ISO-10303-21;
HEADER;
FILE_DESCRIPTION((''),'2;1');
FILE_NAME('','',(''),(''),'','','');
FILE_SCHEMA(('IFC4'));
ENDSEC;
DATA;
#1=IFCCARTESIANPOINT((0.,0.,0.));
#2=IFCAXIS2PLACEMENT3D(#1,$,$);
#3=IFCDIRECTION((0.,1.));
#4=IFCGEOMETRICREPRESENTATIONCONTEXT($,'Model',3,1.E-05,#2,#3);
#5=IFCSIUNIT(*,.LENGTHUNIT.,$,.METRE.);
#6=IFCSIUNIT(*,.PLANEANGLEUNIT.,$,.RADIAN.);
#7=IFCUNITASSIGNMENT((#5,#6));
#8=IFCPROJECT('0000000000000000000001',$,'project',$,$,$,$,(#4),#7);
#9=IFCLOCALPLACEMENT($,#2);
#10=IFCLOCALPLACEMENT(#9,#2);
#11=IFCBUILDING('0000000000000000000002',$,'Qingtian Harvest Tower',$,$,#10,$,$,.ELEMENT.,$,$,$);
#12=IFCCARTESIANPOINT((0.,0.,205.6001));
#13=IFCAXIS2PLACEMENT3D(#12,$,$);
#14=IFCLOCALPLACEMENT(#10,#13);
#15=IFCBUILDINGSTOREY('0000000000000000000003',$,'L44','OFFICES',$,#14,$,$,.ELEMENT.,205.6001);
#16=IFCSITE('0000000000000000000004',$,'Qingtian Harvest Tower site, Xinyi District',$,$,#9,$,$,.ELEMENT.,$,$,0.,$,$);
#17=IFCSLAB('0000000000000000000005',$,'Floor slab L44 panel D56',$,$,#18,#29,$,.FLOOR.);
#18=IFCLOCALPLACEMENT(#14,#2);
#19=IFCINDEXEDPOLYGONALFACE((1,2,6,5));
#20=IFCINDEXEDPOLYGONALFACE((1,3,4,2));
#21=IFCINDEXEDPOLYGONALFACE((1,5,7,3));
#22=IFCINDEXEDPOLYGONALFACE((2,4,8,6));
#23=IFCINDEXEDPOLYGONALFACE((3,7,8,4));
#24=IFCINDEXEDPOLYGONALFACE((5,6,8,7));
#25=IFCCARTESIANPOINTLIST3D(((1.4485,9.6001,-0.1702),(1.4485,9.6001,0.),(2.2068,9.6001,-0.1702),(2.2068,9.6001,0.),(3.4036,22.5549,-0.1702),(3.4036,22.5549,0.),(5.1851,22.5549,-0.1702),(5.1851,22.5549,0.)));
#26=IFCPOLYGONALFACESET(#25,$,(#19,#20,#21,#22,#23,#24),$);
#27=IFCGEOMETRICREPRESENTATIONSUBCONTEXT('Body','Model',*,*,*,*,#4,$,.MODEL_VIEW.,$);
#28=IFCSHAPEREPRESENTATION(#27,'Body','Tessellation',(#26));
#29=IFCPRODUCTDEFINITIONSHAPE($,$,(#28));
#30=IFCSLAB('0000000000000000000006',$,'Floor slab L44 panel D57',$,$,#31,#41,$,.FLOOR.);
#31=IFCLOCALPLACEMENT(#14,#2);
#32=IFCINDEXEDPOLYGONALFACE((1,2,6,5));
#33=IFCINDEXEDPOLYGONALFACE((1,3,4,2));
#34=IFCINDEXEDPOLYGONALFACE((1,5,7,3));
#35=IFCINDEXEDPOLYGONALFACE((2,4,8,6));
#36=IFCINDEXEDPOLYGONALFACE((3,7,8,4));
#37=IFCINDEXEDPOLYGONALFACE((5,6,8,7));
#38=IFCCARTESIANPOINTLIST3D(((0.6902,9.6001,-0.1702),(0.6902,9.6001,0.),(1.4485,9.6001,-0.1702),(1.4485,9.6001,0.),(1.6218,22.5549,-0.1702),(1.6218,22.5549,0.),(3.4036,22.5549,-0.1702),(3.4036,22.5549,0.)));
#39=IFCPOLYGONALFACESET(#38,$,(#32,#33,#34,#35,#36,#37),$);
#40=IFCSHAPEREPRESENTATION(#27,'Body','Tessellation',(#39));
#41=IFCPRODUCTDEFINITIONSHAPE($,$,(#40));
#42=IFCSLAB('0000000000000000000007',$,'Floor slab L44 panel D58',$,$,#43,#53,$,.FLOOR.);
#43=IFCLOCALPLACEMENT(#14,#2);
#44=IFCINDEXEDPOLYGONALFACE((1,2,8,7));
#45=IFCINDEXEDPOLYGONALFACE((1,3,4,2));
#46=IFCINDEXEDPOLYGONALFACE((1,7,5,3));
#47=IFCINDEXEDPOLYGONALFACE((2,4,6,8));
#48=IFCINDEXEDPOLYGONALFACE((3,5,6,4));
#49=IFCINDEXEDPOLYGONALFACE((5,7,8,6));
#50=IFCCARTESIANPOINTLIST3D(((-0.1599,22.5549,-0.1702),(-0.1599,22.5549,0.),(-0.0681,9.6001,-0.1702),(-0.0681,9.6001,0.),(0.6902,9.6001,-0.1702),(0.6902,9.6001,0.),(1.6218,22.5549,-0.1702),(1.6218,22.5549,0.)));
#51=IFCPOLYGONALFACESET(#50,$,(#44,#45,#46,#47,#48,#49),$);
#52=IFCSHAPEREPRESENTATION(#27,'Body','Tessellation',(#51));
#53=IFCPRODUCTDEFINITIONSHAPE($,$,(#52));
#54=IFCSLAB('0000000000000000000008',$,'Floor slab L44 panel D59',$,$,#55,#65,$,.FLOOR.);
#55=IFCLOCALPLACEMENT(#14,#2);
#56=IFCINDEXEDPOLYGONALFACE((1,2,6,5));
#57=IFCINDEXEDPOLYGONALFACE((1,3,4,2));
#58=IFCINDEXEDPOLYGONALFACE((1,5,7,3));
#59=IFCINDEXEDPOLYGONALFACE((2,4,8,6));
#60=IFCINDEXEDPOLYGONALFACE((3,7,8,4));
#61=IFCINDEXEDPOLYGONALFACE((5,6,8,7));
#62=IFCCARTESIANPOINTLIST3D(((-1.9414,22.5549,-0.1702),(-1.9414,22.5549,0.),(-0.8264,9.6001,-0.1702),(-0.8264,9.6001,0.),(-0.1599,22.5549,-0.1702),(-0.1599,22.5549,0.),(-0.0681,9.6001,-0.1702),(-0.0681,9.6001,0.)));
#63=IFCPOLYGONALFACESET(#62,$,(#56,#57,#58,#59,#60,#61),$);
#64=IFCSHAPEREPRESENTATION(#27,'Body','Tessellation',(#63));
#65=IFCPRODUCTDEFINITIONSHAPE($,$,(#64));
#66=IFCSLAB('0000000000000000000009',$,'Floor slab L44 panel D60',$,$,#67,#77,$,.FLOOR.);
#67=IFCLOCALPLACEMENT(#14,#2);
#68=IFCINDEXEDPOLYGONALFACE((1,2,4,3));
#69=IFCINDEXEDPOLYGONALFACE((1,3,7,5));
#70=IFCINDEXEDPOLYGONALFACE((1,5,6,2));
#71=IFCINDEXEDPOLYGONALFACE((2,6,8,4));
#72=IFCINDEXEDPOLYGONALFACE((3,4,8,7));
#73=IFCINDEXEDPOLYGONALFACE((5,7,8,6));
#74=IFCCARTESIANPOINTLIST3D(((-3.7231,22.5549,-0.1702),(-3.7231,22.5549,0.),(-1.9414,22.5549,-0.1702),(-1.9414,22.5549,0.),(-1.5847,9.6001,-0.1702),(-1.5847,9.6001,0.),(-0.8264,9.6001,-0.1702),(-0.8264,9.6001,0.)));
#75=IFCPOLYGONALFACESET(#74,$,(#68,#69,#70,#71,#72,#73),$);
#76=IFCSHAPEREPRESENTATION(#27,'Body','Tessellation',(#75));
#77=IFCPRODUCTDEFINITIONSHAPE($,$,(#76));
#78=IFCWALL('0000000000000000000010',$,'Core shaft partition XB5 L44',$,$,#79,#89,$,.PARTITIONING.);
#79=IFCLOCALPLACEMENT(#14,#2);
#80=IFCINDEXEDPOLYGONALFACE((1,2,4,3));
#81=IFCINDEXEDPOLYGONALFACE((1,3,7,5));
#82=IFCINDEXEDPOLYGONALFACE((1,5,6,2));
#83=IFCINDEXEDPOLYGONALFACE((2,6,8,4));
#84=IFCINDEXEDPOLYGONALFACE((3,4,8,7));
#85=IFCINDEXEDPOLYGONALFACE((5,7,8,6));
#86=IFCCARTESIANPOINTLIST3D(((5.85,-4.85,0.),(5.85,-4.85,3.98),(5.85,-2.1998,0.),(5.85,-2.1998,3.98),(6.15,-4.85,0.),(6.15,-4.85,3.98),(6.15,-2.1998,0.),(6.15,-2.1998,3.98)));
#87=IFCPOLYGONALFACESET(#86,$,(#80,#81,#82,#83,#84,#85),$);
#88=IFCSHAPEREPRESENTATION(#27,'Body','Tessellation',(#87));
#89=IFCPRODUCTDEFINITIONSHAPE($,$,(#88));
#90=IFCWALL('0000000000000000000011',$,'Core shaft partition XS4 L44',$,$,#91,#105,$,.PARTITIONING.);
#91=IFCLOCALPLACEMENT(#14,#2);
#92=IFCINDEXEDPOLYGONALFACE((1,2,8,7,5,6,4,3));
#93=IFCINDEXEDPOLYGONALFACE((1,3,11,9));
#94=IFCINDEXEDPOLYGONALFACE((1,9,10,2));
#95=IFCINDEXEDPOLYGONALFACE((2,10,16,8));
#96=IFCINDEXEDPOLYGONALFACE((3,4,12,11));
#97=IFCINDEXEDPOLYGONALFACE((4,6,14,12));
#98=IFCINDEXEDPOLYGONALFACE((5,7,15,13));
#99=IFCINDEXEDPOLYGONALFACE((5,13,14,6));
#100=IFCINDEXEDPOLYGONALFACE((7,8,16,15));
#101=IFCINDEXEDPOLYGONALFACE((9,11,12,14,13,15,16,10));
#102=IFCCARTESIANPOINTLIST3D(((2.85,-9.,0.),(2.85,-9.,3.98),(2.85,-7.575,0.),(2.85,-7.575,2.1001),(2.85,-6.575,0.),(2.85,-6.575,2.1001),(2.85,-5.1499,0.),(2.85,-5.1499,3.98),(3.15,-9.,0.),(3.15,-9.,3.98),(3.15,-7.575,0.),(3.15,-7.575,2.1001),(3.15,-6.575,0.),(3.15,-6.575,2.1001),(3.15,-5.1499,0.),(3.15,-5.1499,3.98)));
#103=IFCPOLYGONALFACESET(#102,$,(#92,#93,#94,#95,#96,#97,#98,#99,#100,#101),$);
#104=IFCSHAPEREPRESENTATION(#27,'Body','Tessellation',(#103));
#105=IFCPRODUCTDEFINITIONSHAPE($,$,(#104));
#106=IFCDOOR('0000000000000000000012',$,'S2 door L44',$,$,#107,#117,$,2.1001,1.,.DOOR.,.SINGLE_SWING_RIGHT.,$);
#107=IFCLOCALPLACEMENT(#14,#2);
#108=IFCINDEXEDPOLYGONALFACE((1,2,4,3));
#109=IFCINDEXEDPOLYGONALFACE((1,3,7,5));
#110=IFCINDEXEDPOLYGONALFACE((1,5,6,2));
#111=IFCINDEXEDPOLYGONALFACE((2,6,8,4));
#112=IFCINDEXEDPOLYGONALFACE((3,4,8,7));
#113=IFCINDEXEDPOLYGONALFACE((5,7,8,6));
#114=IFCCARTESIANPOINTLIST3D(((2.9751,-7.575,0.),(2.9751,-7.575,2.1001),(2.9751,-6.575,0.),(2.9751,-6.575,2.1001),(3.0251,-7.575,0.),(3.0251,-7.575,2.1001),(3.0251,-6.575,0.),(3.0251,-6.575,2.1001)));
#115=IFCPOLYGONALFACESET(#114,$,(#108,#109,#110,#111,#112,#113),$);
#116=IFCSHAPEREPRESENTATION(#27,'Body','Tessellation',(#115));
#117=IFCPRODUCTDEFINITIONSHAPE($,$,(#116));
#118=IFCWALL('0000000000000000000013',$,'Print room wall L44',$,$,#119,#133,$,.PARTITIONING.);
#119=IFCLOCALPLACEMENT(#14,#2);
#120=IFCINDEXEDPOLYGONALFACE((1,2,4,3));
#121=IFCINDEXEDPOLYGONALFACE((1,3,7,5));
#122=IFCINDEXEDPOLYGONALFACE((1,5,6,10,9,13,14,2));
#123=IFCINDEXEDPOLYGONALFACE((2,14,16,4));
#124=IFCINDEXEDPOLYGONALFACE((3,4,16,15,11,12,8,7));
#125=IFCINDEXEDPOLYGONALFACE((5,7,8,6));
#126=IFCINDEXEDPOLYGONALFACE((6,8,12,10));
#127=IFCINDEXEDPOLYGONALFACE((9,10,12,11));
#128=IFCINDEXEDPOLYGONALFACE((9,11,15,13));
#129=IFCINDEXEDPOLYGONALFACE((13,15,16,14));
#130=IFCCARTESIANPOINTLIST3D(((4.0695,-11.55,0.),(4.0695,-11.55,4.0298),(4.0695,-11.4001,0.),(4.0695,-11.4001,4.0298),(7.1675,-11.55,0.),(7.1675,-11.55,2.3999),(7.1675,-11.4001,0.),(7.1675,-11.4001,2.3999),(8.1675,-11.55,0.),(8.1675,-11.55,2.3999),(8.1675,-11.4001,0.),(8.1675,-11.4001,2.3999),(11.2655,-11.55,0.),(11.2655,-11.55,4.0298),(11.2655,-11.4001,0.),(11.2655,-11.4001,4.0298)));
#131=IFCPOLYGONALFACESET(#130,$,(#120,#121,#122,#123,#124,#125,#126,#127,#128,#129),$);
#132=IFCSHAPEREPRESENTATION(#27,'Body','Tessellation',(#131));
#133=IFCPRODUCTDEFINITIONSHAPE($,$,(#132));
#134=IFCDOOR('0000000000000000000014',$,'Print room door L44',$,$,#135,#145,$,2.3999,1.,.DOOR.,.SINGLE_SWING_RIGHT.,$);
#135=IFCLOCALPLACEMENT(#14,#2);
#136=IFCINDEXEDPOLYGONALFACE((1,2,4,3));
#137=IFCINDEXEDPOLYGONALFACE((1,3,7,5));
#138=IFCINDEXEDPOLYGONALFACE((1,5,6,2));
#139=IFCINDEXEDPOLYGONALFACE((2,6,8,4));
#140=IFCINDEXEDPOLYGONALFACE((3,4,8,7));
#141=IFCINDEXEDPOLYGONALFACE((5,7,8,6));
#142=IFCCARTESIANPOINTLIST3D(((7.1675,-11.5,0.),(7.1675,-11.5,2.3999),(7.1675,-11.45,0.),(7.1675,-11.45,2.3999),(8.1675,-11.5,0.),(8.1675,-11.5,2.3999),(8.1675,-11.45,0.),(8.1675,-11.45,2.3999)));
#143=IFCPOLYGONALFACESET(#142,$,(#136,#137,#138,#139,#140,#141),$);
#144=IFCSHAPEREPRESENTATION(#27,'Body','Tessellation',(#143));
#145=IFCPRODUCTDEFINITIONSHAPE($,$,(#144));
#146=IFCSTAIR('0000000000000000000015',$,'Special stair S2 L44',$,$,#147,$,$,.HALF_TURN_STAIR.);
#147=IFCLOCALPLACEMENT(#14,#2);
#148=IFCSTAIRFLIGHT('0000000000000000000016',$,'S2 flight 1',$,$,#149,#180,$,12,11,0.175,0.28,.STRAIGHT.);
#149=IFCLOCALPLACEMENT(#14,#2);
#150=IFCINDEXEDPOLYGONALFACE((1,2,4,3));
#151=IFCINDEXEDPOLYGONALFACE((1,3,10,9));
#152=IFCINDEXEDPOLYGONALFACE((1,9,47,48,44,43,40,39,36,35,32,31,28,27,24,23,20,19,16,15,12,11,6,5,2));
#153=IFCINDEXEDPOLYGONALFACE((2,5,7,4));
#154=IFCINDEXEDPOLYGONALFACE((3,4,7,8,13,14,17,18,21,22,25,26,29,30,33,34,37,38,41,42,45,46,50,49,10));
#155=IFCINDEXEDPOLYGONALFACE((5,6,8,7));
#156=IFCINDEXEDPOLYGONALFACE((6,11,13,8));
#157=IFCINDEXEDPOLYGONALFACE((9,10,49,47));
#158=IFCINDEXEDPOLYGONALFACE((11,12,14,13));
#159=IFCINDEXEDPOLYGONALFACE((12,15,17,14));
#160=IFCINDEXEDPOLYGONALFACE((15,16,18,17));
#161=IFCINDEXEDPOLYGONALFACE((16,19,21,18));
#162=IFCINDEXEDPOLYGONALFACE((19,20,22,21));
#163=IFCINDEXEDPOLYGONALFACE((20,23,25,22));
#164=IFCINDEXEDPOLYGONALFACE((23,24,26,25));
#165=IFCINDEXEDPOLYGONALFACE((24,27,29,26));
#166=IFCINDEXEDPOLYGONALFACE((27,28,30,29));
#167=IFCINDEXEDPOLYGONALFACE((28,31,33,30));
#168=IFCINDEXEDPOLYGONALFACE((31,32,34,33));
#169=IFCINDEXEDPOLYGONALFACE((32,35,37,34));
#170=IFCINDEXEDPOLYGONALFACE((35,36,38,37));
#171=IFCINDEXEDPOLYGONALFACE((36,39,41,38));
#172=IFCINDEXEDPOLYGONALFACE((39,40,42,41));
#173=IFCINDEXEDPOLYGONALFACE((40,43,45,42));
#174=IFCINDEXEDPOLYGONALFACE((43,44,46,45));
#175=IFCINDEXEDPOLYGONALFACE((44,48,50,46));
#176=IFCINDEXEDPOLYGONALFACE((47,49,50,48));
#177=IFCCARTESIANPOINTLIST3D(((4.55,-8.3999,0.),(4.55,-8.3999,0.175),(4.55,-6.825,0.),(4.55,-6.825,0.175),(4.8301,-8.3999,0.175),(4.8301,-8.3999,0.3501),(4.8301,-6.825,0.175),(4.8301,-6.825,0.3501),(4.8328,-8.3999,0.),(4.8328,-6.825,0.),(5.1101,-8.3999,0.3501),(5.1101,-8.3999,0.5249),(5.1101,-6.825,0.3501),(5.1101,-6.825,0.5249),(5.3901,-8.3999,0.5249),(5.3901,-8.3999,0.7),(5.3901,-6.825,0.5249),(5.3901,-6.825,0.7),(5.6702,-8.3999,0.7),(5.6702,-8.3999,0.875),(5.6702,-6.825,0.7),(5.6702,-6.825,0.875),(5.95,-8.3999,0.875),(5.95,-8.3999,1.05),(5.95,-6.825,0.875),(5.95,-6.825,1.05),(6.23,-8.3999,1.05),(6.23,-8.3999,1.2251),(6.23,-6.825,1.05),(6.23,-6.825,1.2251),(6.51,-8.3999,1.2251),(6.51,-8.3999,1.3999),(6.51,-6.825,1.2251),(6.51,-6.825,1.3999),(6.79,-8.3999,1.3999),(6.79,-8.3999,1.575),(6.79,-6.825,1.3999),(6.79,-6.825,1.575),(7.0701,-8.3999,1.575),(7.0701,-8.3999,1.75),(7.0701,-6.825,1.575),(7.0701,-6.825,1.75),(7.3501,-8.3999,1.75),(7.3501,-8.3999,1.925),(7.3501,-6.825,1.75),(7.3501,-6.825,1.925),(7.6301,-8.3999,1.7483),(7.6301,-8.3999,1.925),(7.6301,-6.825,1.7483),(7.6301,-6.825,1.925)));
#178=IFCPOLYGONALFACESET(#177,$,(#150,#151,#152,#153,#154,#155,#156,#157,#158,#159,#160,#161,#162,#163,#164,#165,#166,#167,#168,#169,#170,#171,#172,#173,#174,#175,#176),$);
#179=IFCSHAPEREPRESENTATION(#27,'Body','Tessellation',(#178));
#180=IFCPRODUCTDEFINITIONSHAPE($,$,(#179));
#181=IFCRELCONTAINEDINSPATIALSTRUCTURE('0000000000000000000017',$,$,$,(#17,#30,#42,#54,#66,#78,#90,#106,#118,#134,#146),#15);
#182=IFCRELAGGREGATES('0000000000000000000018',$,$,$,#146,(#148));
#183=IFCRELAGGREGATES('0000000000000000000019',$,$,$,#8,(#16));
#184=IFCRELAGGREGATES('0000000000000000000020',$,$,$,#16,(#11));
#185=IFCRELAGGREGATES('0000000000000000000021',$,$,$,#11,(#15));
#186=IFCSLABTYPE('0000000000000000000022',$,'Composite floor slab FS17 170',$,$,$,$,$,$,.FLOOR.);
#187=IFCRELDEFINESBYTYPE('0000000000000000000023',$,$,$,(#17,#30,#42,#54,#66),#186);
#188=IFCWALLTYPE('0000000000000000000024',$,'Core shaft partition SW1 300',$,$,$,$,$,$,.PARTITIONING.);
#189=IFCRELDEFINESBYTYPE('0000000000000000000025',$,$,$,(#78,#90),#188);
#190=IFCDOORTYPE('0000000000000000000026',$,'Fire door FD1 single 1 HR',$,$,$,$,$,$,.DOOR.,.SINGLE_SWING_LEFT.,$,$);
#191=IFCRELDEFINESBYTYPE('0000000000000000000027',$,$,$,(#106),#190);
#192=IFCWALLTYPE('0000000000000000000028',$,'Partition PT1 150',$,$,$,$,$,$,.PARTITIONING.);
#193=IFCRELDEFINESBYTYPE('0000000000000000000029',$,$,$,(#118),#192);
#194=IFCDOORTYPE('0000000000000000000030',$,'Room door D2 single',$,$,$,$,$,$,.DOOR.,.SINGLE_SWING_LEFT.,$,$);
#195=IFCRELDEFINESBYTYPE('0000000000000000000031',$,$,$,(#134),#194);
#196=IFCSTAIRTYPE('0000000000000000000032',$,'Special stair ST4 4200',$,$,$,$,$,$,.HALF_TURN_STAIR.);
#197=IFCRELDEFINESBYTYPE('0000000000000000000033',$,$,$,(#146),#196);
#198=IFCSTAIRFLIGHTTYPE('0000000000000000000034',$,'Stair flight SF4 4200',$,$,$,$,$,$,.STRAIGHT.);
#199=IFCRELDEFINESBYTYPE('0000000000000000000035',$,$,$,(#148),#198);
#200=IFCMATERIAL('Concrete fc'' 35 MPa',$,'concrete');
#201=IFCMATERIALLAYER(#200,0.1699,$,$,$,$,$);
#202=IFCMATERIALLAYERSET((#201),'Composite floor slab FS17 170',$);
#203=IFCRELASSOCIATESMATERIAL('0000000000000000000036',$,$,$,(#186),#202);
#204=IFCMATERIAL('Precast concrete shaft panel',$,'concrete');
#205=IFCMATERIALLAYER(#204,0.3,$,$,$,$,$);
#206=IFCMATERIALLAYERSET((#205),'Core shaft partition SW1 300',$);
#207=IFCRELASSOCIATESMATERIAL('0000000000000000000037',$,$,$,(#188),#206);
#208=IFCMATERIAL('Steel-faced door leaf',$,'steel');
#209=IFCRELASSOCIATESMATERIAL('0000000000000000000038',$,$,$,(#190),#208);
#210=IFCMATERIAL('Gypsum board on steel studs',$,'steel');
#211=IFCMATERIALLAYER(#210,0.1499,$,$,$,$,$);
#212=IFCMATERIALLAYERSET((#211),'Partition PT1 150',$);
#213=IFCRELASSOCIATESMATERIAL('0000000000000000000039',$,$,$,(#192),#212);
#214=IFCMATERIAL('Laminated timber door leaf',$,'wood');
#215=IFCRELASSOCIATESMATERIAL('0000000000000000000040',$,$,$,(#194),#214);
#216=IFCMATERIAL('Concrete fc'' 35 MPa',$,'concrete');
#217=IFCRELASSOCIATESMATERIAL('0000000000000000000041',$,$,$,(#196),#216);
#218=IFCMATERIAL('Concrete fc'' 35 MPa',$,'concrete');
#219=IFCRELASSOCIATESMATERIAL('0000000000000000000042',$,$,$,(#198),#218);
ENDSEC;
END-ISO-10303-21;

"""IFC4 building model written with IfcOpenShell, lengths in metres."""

from ifc_helpers import new_model, si_unit, direction, frame, frame_2d, origin, place, context, subcontext, project, spatial, polyline, rectangle, outline, extrude, material, layer, layer_set, type_object, element, fill, aggregate, save


model = new_model("IFC4")

# Units and contexts
model_context = context("Model", 3, precision=1e-05, world=origin(), true_north=direction((0.0, 1.0)))
body_context = subcontext(model_context, "Body", "Model", "MODEL_VIEW")
ifc_project = project(units=[si_unit("LENGTHUNIT", "METRE"), si_unit("PLANEANGLEUNIT", "RADIAN")], contexts=[model_context])

# Site, building, storey
site_placement = place(None, origin())
site = spatial("IfcSite", under=ifc_project, at=site_placement, Name="Qingtian Harvest Tower site, Xinyi District", CompositionType="ELEMENT", RefElevation=0.0)
building_placement = place(site_placement, origin())
building = spatial("IfcBuilding", under=site, at=building_placement, Name="Qingtian Harvest Tower", CompositionType="ELEMENT")
storey_placement = place(building_placement, frame((0.0, 0.0, 205.6001)))
storey = spatial("IfcBuildingStorey", under=building, at=storey_placement, Name="L44", Description="OFFICES", CompositionType="ELEMENT", Elevation=205.6001)

# Slabs
ifc_material_1 = material(Name="Concrete fc' 35 MPa", Category="concrete")
ifc_layer_1 = layer(ifc_material_1, 0.1699)
ifc_layer_set_1 = layer_set([ifc_layer_1], Name="Composite floor slab FS17 170")
slab_type = type_object("IfcSlabType", Name="Composite floor slab FS17 170", PredefinedType="FLOOR", material=ifc_layer_set_1)
slab_1_placement = place(storey_placement, frame((0.0, 0.0, -0.1702)))
element("IfcSlab", 1, at=slab_1_placement, inside=storey, type_object=slab_type, Name="Floor slab L44 panel D56", PredefinedType="FLOOR", context=body_context, shape_type="SweptSolid", body=[
    extrude(outline(polyline([(1.4485, 9.6001), (3.4036, 22.5549), (5.1851, 22.5549), (2.2068, 9.6001), (1.4485, 9.6001)])), origin(), (0.0, 0.0, 1.0), 0.1702),
])
slab_2_placement = place(storey_placement, frame((0.0, 0.0, -0.1702)))
element("IfcSlab", 2, at=slab_2_placement, inside=storey, type_object=slab_type, Name="Floor slab L44 panel D57", PredefinedType="FLOOR", context=body_context, shape_type="SweptSolid", body=[
    extrude(outline(polyline([(0.6902, 9.6001), (1.6218, 22.5549), (3.4036, 22.5549), (1.4485, 9.6001), (0.6902, 9.6001)])), origin(), (0.0, 0.0, 1.0), 0.1702),
])
slab_3_placement = place(storey_placement, frame((0.0, 0.0, -0.1702)))
element("IfcSlab", 3, at=slab_3_placement, inside=storey, type_object=slab_type, Name="Floor slab L44 panel D58", PredefinedType="FLOOR", context=body_context, shape_type="SweptSolid", body=[
    extrude(outline(polyline([(-0.0681, 9.6001), (-0.1599, 22.5549), (1.6218, 22.5549), (0.6902, 9.6001), (-0.0681, 9.6001)])), origin(), (0.0, 0.0, 1.0), 0.1702),
])
slab_4_placement = place(storey_placement, frame((0.0, 0.0, -0.1702)))
element("IfcSlab", 4, at=slab_4_placement, inside=storey, type_object=slab_type, Name="Floor slab L44 panel D59", PredefinedType="FLOOR", context=body_context, shape_type="SweptSolid", body=[
    extrude(outline(polyline([(-0.8264, 9.6001), (-1.9414, 22.5549), (-0.1599, 22.5549), (-0.0681, 9.6001), (-0.8264, 9.6001)])), origin(), (0.0, 0.0, 1.0), 0.1702),
])
slab_5_placement = place(storey_placement, frame((0.0, 0.0, -0.1702)))
element("IfcSlab", 5, at=slab_5_placement, inside=storey, type_object=slab_type, Name="Floor slab L44 panel D60", PredefinedType="FLOOR", context=body_context, shape_type="SweptSolid", body=[
    extrude(outline(polyline([(-1.5847, 9.6001), (-3.7231, 22.5549), (-1.9414, 22.5549), (-0.8264, 9.6001), (-1.5847, 9.6001)])), origin(), (0.0, 0.0, 1.0), 0.1702),
])

# Wall
ifc_material_2 = material(Name="Precast concrete shaft panel", Category="concrete")
ifc_layer_2 = layer(ifc_material_2, 0.3)
ifc_layer_set_2 = layer_set([ifc_layer_2], Name="Core shaft partition SW1 300")
wall_type_1 = type_object("IfcWallType", Name="Core shaft partition SW1 300", PredefinedType="PARTITIONING", material=ifc_layer_set_2)
wall_1_placement = place(storey_placement, frame((6.0, -4.8501, 0.0), z_axis=(0.0, 0.0, 1.0), x_axis=(0.0, 1.0, 0.0)))
element("IfcWall", 6, at=wall_1_placement, inside=storey, type_object=wall_type_1, Name="Core shaft partition XB5 L44", PredefinedType="PARTITIONING", context=body_context, shape_type="SweptSolid", body=[
    extrude(rectangle(XDim=2.6501, YDim=0.3, at=frame_2d((1.3252, 0.0))), origin(), (0.0, 0.0, 1.0), 3.98),
])

# Walls, openings, doors
wall_2_placement = place(storey_placement, frame((3.0, -9.0, 0.0), z_axis=(0.0, 0.0, 1.0), x_axis=(0.0, 1.0, 0.0)))
wall_2 = element("IfcWall", 7, at=wall_2_placement, inside=storey, type_object=wall_type_1, Name="Core shaft partition XS4 L44", PredefinedType="PARTITIONING", context=body_context, shape_type="SweptSolid", body=[
    extrude(rectangle(XDim=3.8501, YDim=0.3, at=frame_2d((1.925, 0.0))), origin(), (0.0, 0.0, 1.0), 3.98),
])
opening_1_placement = place(wall_2_placement, frame((1.425, 0.0, 0.0)))
opening_1 = element("IfcOpeningElement", 8, at=opening_1_placement, cuts=wall_2, PredefinedType="OPENING", context=body_context, shape_type="SweptSolid", body=[
    extrude(rectangle(XDim=1.0, YDim=2.1001, at=frame_2d((0.5, 1.05))), frame((0.0, 0.1599, 0.0), z_axis=(0.0, -1.0, 0.0), x_axis=(1.0, 0.0, 0.0)), (0.0, 0.0, 1.0), 0.3201),
])
ifc_material_3 = material(Name="Steel-faced door leaf", Category="steel")
door_type_1 = type_object("IfcDoorType", Name="Fire door FD1 single 1 HR", OperationType="SINGLE_SWING_LEFT", PredefinedType="DOOR", material=ifc_material_3)
door_1_placement = place(opening_1_placement, origin())
door_1 = element("IfcDoor", 9, at=door_1_placement, inside=storey, type_object=door_type_1, Name="S2 door L44", OperationType="SINGLE_SWING_RIGHT", OverallHeight=2.1001, OverallWidth=1.0, PredefinedType="DOOR", context=body_context, shape_type="SweptSolid", body=[
    extrude(rectangle(XDim=1.0, YDim=2.1001, at=frame_2d((0.5, 1.05))), frame((0.0, 0.0249, 0.0), z_axis=(0.0, -1.0, 0.0), x_axis=(1.0, 0.0, 0.0)), (0.0, 0.0, 1.0), 0.05),
])
fill(opening_1, door_1)
ifc_material_4 = material(Name="Gypsum board on steel studs", Category="steel")
ifc_layer_3 = layer(ifc_material_4, 0.1499)
ifc_layer_set_3 = layer_set([ifc_layer_3], Name="Partition PT1 150")
wall_type_2 = type_object("IfcWallType", Name="Partition PT1 150", PredefinedType="PARTITIONING", material=ifc_layer_set_3)
wall_3_placement = place(storey_placement, frame((11.2656, -11.4751, 0.0), z_axis=(0.0, 0.0, 1.0), x_axis=(-1.0, 0.0, 0.0)))
wall_3 = element("IfcWall", 10, at=wall_3_placement, inside=storey, type_object=wall_type_2, Name="Print room wall L44", PredefinedType="PARTITIONING", context=body_context, shape_type="SweptSolid", body=[
    extrude(rectangle(XDim=7.196, YDim=0.1499, at=frame_2d((3.5981, 0.0))), origin(), (0.0, 0.0, 1.0), 4.0298),
])
opening_2_placement = place(wall_3_placement, frame((3.0981, 0.0, 0.0)))
opening_2 = element("IfcOpeningElement", 11, at=opening_2_placement, cuts=wall_3, PredefinedType="OPENING", context=body_context, shape_type="SweptSolid", body=[
    extrude(rectangle(XDim=1.0, YDim=2.3999, at=frame_2d((0.5, 1.2))), frame((0.0, 0.085, 0.0), z_axis=(0.0, -1.0, 0.0), x_axis=(1.0, 0.0, 0.0)), (0.0, 0.0, 1.0), 0.1699),
])
ifc_material_5 = material(Name="Laminated timber door leaf", Category="wood")
door_type_2 = type_object("IfcDoorType", Name="Room door D2 single", OperationType="SINGLE_SWING_LEFT", PredefinedType="DOOR", material=ifc_material_5)
door_2_placement = place(opening_2_placement, origin())
door_2 = element("IfcDoor", 12, at=door_2_placement, inside=storey, type_object=door_type_2, Name="Print room door L44", OperationType="SINGLE_SWING_RIGHT", OverallHeight=2.3999, OverallWidth=1.0, PredefinedType="DOOR", context=body_context, shape_type="SweptSolid", body=[
    extrude(rectangle(XDim=1.0, YDim=2.3999, at=frame_2d((0.5, 1.2))), frame((0.0, 0.0249, 0.0), z_axis=(0.0, -1.0, 0.0), x_axis=(1.0, 0.0, 0.0)), (0.0, 0.0, 1.0), 0.05),
])
fill(opening_2, door_2)

# Stair, stair flight
ifc_material_6 = material(Name="Concrete fc' 35 MPa", Category="concrete")
stair_type = type_object("IfcStairType", Name="Special stair ST4 4200", PredefinedType="HALF_TURN_STAIR", material=ifc_material_6)
stair_placement = place(storey_placement, origin())
stair = element("IfcStair", 13, at=stair_placement, inside=storey, type_object=stair_type, Name="Special stair S2 L44", PredefinedType="HALF_TURN_STAIR")
ifc_material_7 = material(Name="Concrete fc' 35 MPa", Category="concrete")
stair_flight_type = type_object("IfcStairFlightType", Name="Stair flight SF4 4200", PredefinedType="STRAIGHT", material=ifc_material_7)
stair_flight_1_placement = place(storey_placement, frame((4.55, -7.6125, 0.0), z_axis=(0.0, 0.0, 1.0), x_axis=(1.0, 0.0, 0.0)))
stair_flight_1 = element("IfcStairFlight", 14, at=stair_flight_1_placement, type_object=stair_flight_type, Name="S2 flight 1", NumberOfRisers=12, NumberOfTreads=11, PredefinedType="STRAIGHT", RiserHeight=0.175, TreadLength=0.28, context=body_context, shape_type="SweptSolid", body=[
    extrude(outline(polyline([(0.0, 0.0), (0.0, 0.175), (0.28, 0.175), (0.28, 0.3501), (0.5601, 0.3501), (0.5601, 0.5249), (0.8401, 0.5249), (0.8401, 0.7), (1.1201, 0.7), (1.1201, 0.875), (1.3999, 0.875), (1.3999, 1.05), (1.6799, 1.05), (1.6799, 1.2251), (1.96, 1.2251), (1.96, 1.3999), (2.24, 1.3999), (2.24, 1.575), (2.52, 1.575), (2.52, 1.75), (2.8, 1.75), (2.8, 1.925), (3.0801, 1.925), (3.0801, 2.1001), (3.0801, 1.7483), (0.2827, 0.0), (0.0, 0.0)])), frame((0.0, 0.7876, 0.0), z_axis=(0.0, -1.0, 0.0), x_axis=(1.0, 0.0, 0.0)), (0.0, 0.0, 1.0), 1.575),
])
aggregate(stair, [stair_flight_1])

save(model, "model.ifc")
